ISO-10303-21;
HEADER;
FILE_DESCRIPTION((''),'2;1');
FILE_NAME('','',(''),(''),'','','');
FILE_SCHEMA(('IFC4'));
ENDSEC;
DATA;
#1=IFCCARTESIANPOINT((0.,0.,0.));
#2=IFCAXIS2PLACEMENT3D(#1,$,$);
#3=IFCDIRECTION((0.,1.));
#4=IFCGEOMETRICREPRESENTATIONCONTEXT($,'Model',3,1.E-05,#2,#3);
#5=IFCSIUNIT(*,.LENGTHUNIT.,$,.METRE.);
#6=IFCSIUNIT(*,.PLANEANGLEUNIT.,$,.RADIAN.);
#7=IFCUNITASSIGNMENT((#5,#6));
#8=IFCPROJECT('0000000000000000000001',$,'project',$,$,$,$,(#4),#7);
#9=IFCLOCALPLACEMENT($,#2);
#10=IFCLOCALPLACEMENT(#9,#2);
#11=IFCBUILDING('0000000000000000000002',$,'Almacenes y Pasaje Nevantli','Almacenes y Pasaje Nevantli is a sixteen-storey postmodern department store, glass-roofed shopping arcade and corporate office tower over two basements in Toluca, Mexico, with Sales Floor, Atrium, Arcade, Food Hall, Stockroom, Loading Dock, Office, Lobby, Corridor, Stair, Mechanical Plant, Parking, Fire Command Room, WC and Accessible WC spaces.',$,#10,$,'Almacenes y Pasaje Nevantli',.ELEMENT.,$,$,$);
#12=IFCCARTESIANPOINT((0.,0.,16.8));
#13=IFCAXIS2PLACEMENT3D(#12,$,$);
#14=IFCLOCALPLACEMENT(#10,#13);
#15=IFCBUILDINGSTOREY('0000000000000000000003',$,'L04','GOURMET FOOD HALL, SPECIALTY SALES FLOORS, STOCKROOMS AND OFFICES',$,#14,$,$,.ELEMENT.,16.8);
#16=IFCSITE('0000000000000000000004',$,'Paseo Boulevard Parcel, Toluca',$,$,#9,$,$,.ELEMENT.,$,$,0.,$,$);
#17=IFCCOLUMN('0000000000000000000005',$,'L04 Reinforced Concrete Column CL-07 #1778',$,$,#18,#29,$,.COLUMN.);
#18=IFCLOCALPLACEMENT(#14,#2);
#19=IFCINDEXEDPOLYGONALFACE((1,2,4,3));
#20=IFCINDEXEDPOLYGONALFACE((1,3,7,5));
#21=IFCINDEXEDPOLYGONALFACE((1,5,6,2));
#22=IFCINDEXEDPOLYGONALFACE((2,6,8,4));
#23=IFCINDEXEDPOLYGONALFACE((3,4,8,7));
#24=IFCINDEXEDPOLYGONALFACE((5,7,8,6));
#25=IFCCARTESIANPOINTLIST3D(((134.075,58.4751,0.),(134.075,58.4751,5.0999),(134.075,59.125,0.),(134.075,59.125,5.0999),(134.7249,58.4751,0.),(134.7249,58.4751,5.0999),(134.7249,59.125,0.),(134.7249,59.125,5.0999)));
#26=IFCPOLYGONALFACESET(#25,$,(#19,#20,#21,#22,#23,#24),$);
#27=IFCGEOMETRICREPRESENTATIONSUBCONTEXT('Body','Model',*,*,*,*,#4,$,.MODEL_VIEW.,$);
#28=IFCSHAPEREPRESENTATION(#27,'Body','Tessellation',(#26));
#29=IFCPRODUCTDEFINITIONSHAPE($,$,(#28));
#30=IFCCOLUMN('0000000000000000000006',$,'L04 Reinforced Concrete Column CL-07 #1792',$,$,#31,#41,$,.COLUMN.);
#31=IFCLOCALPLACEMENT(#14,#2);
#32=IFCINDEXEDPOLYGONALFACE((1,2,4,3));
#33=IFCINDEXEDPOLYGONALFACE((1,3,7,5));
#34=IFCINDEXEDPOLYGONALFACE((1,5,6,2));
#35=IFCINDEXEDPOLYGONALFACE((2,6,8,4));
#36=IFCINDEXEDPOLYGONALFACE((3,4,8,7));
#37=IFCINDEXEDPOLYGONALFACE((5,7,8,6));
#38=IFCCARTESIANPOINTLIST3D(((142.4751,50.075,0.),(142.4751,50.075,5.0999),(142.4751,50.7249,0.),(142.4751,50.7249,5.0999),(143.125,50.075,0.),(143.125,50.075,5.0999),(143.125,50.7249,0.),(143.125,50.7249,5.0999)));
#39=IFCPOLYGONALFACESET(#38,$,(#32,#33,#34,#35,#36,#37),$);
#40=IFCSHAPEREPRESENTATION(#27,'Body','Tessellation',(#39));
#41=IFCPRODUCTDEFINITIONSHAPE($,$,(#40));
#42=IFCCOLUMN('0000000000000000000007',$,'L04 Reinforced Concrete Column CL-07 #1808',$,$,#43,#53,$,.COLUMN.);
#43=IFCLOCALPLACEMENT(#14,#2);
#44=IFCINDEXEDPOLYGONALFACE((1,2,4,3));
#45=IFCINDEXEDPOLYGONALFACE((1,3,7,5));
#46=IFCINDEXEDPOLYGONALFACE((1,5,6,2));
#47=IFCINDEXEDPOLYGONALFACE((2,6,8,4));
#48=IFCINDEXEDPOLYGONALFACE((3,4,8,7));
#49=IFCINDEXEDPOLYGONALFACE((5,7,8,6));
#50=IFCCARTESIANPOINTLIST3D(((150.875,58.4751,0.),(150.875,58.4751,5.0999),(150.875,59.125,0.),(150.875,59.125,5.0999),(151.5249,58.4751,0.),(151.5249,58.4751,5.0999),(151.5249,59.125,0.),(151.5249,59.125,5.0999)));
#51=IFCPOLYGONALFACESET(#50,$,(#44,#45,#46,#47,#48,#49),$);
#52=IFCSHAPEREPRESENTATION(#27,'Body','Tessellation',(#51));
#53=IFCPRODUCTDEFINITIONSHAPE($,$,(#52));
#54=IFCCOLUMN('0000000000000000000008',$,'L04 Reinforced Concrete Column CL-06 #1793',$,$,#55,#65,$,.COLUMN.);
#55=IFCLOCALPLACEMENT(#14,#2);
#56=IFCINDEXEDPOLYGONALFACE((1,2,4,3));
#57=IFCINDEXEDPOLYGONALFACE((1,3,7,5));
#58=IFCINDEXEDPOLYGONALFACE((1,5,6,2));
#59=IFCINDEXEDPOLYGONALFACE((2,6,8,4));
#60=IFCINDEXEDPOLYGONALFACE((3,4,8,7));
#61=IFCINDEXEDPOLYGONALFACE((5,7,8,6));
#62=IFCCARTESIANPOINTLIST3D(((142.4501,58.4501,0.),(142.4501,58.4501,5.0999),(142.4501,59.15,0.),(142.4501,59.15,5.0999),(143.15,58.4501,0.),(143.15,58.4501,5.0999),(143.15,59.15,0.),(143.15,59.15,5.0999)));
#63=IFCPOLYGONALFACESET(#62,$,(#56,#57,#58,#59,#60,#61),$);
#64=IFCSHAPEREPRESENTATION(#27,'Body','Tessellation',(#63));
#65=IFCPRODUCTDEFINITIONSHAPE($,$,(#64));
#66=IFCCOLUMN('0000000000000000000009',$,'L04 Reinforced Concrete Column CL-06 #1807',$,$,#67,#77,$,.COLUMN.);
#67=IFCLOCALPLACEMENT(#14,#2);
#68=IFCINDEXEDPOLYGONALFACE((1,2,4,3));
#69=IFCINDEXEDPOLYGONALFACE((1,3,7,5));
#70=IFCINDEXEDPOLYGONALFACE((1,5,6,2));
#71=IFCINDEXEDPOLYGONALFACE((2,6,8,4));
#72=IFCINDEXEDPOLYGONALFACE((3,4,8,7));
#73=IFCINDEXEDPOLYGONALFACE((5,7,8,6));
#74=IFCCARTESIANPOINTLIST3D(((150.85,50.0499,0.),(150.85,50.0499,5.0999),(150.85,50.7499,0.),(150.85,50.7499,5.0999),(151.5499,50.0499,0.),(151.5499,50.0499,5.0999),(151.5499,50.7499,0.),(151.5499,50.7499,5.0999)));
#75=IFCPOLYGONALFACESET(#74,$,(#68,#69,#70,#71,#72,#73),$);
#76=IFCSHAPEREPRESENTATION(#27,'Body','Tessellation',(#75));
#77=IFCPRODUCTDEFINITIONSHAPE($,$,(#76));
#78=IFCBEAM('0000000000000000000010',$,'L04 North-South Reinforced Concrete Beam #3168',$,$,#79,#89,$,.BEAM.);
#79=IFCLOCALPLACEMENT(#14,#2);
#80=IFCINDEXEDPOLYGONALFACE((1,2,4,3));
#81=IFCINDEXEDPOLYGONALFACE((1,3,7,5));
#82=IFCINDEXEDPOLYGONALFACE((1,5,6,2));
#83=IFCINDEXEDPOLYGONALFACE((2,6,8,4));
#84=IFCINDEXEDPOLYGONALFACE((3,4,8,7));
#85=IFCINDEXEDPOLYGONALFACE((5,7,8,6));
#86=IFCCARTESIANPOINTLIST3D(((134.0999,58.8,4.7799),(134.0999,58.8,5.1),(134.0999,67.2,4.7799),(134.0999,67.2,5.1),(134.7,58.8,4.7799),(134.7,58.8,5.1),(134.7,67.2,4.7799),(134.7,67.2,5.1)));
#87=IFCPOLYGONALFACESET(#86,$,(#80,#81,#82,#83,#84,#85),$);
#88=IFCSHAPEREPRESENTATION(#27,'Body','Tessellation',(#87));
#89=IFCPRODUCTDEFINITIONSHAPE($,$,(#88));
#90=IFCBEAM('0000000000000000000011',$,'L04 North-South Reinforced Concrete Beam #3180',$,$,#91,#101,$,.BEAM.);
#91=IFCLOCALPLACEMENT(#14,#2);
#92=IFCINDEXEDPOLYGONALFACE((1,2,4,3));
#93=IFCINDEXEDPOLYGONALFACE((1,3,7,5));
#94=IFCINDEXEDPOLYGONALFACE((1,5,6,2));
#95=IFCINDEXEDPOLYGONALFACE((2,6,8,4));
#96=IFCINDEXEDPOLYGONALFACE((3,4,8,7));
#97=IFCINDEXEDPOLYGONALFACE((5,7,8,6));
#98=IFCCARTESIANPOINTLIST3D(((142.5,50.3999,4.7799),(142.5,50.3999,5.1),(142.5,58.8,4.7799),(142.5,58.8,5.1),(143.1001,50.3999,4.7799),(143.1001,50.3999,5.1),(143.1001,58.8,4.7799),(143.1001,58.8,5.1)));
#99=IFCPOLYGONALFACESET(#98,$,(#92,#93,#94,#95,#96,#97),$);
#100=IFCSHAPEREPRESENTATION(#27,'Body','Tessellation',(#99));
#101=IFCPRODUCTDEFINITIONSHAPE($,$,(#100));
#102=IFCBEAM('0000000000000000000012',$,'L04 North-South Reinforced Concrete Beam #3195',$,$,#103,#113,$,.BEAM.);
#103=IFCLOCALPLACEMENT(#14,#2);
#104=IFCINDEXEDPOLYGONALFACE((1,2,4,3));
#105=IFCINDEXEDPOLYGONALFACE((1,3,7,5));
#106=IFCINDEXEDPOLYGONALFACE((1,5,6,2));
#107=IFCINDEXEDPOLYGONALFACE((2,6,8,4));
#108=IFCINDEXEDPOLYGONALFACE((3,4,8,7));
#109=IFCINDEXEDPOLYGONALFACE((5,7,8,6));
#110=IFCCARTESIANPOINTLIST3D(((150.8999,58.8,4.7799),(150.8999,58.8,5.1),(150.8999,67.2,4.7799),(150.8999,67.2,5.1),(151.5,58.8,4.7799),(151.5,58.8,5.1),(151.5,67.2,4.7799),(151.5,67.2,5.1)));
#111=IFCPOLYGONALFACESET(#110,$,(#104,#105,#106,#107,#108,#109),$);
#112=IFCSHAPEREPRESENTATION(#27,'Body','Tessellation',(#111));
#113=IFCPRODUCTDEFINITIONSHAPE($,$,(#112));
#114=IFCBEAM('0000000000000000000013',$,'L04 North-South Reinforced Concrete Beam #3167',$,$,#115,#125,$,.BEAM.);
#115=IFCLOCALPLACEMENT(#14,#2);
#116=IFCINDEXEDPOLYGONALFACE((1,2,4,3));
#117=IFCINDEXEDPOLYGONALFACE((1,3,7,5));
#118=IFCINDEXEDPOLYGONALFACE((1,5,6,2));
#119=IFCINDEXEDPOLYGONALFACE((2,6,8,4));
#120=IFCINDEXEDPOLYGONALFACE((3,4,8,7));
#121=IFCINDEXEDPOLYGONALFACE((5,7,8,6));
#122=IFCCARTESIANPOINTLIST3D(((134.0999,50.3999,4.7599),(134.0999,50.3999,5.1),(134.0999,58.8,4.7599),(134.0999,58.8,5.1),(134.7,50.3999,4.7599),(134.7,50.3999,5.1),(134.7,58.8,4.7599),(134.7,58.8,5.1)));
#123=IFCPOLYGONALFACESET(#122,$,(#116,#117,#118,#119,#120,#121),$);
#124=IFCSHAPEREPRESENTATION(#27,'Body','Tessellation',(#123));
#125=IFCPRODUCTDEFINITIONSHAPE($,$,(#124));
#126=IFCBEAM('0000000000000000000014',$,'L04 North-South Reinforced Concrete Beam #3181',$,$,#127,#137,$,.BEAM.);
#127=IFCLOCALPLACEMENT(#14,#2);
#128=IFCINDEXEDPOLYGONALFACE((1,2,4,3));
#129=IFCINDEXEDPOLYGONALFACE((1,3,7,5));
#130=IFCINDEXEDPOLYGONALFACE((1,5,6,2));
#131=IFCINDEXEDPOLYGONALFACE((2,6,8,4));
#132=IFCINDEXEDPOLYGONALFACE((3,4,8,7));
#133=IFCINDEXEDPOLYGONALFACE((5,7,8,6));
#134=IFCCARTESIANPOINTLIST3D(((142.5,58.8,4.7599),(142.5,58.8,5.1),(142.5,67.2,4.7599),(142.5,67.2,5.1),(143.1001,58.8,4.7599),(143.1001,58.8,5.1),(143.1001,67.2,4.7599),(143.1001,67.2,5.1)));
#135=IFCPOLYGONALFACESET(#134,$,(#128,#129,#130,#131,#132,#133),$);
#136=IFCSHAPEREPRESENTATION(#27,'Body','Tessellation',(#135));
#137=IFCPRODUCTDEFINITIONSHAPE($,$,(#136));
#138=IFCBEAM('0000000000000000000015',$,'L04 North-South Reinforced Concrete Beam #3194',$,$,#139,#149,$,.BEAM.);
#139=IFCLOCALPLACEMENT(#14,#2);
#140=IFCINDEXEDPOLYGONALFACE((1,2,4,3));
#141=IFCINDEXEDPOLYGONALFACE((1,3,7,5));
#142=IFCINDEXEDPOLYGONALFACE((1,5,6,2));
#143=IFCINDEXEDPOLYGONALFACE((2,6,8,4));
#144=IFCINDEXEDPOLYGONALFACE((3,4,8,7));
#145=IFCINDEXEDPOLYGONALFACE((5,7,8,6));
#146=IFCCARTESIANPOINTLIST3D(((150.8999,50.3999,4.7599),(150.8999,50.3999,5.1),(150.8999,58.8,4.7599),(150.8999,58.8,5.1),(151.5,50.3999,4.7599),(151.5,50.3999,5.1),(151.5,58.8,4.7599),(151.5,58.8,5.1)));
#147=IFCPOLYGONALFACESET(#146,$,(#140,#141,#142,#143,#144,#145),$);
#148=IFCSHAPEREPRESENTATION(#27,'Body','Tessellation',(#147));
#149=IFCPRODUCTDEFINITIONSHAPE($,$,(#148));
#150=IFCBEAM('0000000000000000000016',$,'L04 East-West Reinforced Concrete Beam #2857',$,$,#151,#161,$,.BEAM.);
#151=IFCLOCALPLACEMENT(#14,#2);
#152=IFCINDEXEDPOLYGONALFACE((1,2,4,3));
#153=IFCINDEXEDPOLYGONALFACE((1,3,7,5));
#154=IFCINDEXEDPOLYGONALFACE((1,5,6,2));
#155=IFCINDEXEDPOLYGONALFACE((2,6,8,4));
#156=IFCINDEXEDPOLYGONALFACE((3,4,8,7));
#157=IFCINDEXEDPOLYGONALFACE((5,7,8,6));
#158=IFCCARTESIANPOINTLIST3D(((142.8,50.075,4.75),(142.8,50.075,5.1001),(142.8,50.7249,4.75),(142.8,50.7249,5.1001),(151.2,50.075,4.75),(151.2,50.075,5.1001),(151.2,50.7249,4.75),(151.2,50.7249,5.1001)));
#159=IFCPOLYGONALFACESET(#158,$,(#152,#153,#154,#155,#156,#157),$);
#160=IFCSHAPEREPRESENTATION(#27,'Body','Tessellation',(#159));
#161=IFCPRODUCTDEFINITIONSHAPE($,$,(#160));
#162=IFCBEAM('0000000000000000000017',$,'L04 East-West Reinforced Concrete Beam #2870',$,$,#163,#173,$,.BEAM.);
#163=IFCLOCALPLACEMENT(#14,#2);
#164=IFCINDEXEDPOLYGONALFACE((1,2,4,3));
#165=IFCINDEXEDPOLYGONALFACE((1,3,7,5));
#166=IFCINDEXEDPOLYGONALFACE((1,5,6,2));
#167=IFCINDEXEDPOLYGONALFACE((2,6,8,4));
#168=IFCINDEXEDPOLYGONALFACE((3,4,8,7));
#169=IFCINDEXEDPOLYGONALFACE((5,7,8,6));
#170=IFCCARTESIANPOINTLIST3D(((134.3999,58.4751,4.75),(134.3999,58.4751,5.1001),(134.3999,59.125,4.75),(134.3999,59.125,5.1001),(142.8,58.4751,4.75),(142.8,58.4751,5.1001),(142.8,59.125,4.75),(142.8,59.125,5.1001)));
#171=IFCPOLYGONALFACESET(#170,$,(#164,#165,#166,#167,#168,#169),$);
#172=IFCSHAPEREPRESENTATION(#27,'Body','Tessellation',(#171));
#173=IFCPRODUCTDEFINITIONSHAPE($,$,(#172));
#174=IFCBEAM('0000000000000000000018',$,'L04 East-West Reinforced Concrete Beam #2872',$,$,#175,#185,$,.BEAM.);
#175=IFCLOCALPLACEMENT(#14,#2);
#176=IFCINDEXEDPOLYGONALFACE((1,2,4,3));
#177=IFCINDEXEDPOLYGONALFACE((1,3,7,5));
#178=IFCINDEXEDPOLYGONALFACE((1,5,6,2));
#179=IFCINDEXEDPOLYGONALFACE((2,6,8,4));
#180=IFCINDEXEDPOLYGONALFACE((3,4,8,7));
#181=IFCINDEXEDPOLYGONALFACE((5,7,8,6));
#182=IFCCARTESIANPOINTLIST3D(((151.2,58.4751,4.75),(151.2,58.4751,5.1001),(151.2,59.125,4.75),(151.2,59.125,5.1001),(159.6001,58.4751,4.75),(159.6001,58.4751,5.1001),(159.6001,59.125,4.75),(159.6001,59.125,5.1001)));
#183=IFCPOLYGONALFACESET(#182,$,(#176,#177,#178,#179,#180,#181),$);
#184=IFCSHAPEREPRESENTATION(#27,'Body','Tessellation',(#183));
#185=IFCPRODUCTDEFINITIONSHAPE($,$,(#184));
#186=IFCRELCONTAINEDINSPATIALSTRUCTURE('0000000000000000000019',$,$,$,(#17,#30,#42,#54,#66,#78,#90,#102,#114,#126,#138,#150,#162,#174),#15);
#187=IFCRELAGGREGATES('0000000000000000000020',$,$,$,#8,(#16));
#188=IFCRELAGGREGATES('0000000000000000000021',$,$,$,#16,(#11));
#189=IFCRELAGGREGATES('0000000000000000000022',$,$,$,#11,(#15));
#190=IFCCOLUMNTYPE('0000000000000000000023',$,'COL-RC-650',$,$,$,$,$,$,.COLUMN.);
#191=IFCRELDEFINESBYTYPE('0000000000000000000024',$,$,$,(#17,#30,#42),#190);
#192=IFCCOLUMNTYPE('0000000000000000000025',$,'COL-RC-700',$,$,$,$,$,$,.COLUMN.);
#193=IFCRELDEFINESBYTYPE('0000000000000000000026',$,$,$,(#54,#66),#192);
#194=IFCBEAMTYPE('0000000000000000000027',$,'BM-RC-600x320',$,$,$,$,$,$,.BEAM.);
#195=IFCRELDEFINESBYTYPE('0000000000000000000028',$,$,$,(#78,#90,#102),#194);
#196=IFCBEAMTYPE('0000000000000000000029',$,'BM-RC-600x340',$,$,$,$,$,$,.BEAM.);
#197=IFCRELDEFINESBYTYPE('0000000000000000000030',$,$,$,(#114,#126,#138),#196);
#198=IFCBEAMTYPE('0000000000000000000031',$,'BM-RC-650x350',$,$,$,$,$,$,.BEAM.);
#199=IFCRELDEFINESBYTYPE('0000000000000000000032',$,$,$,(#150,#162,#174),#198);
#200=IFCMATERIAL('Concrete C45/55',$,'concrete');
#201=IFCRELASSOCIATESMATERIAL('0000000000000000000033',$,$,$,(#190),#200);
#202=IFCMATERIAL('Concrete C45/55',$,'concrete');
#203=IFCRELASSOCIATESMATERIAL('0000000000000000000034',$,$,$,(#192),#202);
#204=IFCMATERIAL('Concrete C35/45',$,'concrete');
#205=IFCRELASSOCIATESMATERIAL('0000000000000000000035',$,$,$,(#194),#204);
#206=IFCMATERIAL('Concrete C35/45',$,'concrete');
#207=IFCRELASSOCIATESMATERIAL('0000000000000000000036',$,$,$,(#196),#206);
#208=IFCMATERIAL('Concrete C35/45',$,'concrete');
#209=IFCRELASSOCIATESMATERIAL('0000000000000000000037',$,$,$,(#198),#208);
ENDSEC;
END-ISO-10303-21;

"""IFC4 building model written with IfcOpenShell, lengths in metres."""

from ifc_helpers import new_model, si_unit, direction, frame, origin, origin_2d, place, context, subcontext, project, spatial, rectangle, extrude, material, material_profile, profile_set, type_object, element, save


model = new_model("IFC4")

# Units and contexts
model_context = context("Model", 3, precision=1e-05, world=origin(), true_north=direction((0.0, 1.0)))
body_context = subcontext(model_context, "Body", "Model", "MODEL_VIEW")
ifc_project = project(units=[si_unit("LENGTHUNIT", "METRE"), si_unit("PLANEANGLEUNIT", "RADIAN")], contexts=[model_context])

# Site, building, storey
site_placement = place(None, origin())
site = spatial("IfcSite", under=ifc_project, at=site_placement, Name="Paseo Boulevard Parcel, Toluca", CompositionType="ELEMENT", RefElevation=0.0)
building_placement = place(site_placement, origin())
building = spatial("IfcBuilding", under=site, at=building_placement, Name="Almacenes y Pasaje Nevantli", Description="Almacenes y Pasaje Nevantli is a sixteen-storey postmodern department store, glass-roofed shopping arcade and corporate office tower over two basements in Toluca, Mexico, with Sales Floor, Atrium, Arcade, Food Hall, Stockroom, Loading Dock, Office, Lobby, Corridor, Stair, Mechanical Plant, Parking, Fire Command Room, WC and Accessible WC spaces.", LongName="Almacenes y Pasaje Nevantli", CompositionType="ELEMENT")
storey_placement = place(building_placement, frame((0.0, 0.0, 16.8)))
storey = spatial("IfcBuildingStorey", under=building, at=storey_placement, Name="L04", Description="GOURMET FOOD HALL, SPECIALTY SALES FLOORS, STOCKROOMS AND OFFICES", CompositionType="ELEMENT", Elevation=16.8)

# Columns
ifc_material_1 = material(Name="Concrete C45/55", Category="concrete")
ifc_material_profile_1 = material_profile(ifc_material_1, rectangle(XDim=0.6499, YDim=0.6499, at=origin_2d()), Name="RC-COL-650x650")
ifc_profile_set_1 = profile_set([ifc_material_profile_1], Name="Concrete C45/55")
column_type_1 = type_object("IfcColumnType", Name="COL-RC-650", PredefinedType="COLUMN", material=ifc_profile_set_1)
for number, where, z_axis, x_axis, name in (
    (1, (134.3999, 58.8, 0.0), (0.0, 0.0, 1.0), (1.0, 0.0, 0.0), "L04 Reinforced Concrete Column CL-07 #1778"),
    (2, (142.8, 50.3999, 0.0), (0.0, 0.0, 1.0), (1.0, 0.0, 0.0), "L04 Reinforced Concrete Column CL-07 #1792"),
    (3, (151.2, 58.8, 0.0), (0.0, 0.0, 1.0), (1.0, 0.0, 0.0), "L04 Reinforced Concrete Column CL-07 #1808"),
):
    element("IfcColumn", number, at=place(storey_placement, frame(where, z_axis=z_axis, x_axis=x_axis)), inside=storey, type_object=column_type_1, Name=name, PredefinedType="COLUMN", context=body_context, shape_type="SweptSolid", body=[
        extrude(rectangle(XDim=0.6499, YDim=0.6499, at=origin_2d()), origin(), (0.0, 0.0, 1.0), 5.0999),
    ])
ifc_material_2 = material(Name="Concrete C45/55", Category="concrete")
ifc_material_profile_2 = material_profile(ifc_material_2, rectangle(XDim=0.7, YDim=0.7, at=origin_2d()), Name="RC-COL-700x700")
ifc_profile_set_2 = profile_set([ifc_material_profile_2], Name="Concrete C45/55")
column_type_2 = type_object("IfcColumnType", Name="COL-RC-700", PredefinedType="COLUMN", material=ifc_profile_set_2)
for number, where, z_axis, x_axis, name in (
    (4, (142.8, 58.8, 0.0), (0.0, 0.0, 1.0), (1.0, 0.0, 0.0), "L04 Reinforced Concrete Column CL-06 #1793"),
    (5, (151.2, 50.3999, 0.0), (0.0, 0.0, 1.0), (1.0, 0.0, 0.0), "L04 Reinforced Concrete Column CL-06 #1807"),
):
    element("IfcColumn", number, at=place(storey_placement, frame(where, z_axis=z_axis, x_axis=x_axis)), inside=storey, type_object=column_type_2, Name=name, PredefinedType="COLUMN", context=body_context, shape_type="SweptSolid", body=[
        extrude(rectangle(XDim=0.7, YDim=0.7, at=origin_2d()), origin(), (0.0, 0.0, 1.0), 5.0999),
    ])

# Beams
ifc_material_3 = material(Name="Concrete C35/45", Category="concrete")
ifc_material_profile_3 = material_profile(ifc_material_3, rectangle(XDim=0.6001, YDim=0.3201, at=origin_2d()), Name="RC-BM-600x320")
ifc_profile_set_3 = profile_set([ifc_material_profile_3], Name="Concrete C35/45")
beam_type_1 = type_object("IfcBeamType", Name="BM-RC-600x320", PredefinedType="BEAM", material=ifc_profile_set_3)
beam_1_placement = place(storey_placement, frame((134.3999, 58.8, 4.9399), z_axis=(0.0, 1.0, 0.0), x_axis=(-1.0, 0.0, 0.0)))
element("IfcBeam", 6, at=beam_1_placement, inside=storey, type_object=beam_type_1, Name="L04 North-South Reinforced Concrete Beam #3168", PredefinedType="BEAM", context=body_context, shape_type="SweptSolid", body=[
    extrude(rectangle(XDim=0.6001, YDim=0.3201, at=origin_2d()), origin(), (0.0, 0.0, 1.0), 8.3999),
])
beam_2_placement = place(storey_placement, frame((142.8, 50.3999, 4.9399), z_axis=(0.0, 1.0, 0.0), x_axis=(-1.0, 0.0, 0.0)))
element("IfcBeam", 7, at=beam_2_placement, inside=storey, type_object=beam_type_1, Name="L04 North-South Reinforced Concrete Beam #3180", PredefinedType="BEAM", context=body_context, shape_type="SweptSolid", body=[
    extrude(rectangle(XDim=0.6001, YDim=0.3201, at=origin_2d()), origin(), (0.0, 0.0, 1.0), 8.4001),
])
beam_3_placement = place(storey_placement, frame((151.2, 58.8, 4.9399), z_axis=(0.0, 1.0, 0.0), x_axis=(-1.0, 0.0, 0.0)))
element("IfcBeam", 8, at=beam_3_placement, inside=storey, type_object=beam_type_1, Name="L04 North-South Reinforced Concrete Beam #3195", PredefinedType="BEAM", context=body_context, shape_type="SweptSolid", body=[
    extrude(rectangle(XDim=0.6001, YDim=0.3201, at=origin_2d()), origin(), (0.0, 0.0, 1.0), 8.3999),
])
ifc_material_4 = material(Name="Concrete C35/45", Category="concrete")
ifc_material_profile_4 = material_profile(ifc_material_4, rectangle(XDim=0.6001, YDim=0.3401, at=origin_2d()), Name="RC-BM-600x340")
ifc_profile_set_4 = profile_set([ifc_material_profile_4], Name="Concrete C35/45")
beam_type_2 = type_object("IfcBeamType", Name="BM-RC-600x340", PredefinedType="BEAM", material=ifc_profile_set_4)
beam_4_placement = place(storey_placement, frame((134.3999, 50.3999, 4.9299), z_axis=(0.0, 1.0, 0.0), x_axis=(-1.0, 0.0, 0.0)))
element("IfcBeam", 9, at=beam_4_placement, inside=storey, type_object=beam_type_2, Name="L04 North-South Reinforced Concrete Beam #3167", PredefinedType="BEAM", context=body_context, shape_type="SweptSolid", body=[
    extrude(rectangle(XDim=0.6001, YDim=0.3401, at=origin_2d()), origin(), (0.0, 0.0, 1.0), 8.4001),
])
beam_5_placement = place(storey_placement, frame((142.8, 58.8, 4.9299), z_axis=(0.0, 1.0, 0.0), x_axis=(-1.0, 0.0, 0.0)))
element("IfcBeam", 10, at=beam_5_placement, inside=storey, type_object=beam_type_2, Name="L04 North-South Reinforced Concrete Beam #3181", PredefinedType="BEAM", context=body_context, shape_type="SweptSolid", body=[
    extrude(rectangle(XDim=0.6001, YDim=0.3401, at=origin_2d()), origin(), (0.0, 0.0, 1.0), 8.3999),
])
beam_6_placement = place(storey_placement, frame((151.2, 50.3999, 4.9299), z_axis=(0.0, 1.0, 0.0), x_axis=(-1.0, 0.0, 0.0)))
element("IfcBeam", 11, at=beam_6_placement, inside=storey, type_object=beam_type_2, Name="L04 North-South Reinforced Concrete Beam #3194", PredefinedType="BEAM", context=body_context, shape_type="SweptSolid", body=[
    extrude(rectangle(XDim=0.6001, YDim=0.3401, at=origin_2d()), origin(), (0.0, 0.0, 1.0), 8.4001),
])
ifc_material_5 = material(Name="Concrete C35/45", Category="concrete")
ifc_material_profile_5 = material_profile(ifc_material_5, rectangle(XDim=0.6499, YDim=0.3501, at=origin_2d()), Name="RC-BM-650x350")
ifc_profile_set_5 = profile_set([ifc_material_profile_5], Name="Concrete C35/45")
beam_type_3 = type_object("IfcBeamType", Name="BM-RC-650x350", PredefinedType="BEAM", material=ifc_profile_set_5)
beam_7_placement = place(storey_placement, frame((142.8, 50.3999, 4.925), z_axis=(1.0, 0.0, 0.0), x_axis=(0.0, 1.0, 0.0)))
element("IfcBeam", 12, at=beam_7_placement, inside=storey, type_object=beam_type_3, Name="L04 East-West Reinforced Concrete Beam #2857", PredefinedType="BEAM", context=body_context, shape_type="SweptSolid", body=[
    extrude(rectangle(XDim=0.6499, YDim=0.3501, at=origin_2d()), origin(), (0.0, 0.0, 1.0), 8.3999),
])
for number, where, z_axis, x_axis, name in (
    (13, (134.3999, 58.8, 4.925), (1.0, 0.0, 0.0), (0.0, 1.0, 0.0), "L04 East-West Reinforced Concrete Beam #2870"),
    (14, (151.2, 58.8, 4.925), (1.0, 0.0, 0.0), (0.0, 1.0, 0.0), "L04 East-West Reinforced Concrete Beam #2872"),
):
    element("IfcBeam", number, at=place(storey_placement, frame(where, z_axis=z_axis, x_axis=x_axis)), inside=storey, type_object=beam_type_3, Name=name, PredefinedType="BEAM", context=body_context, shape_type="SweptSolid", body=[
        extrude(rectangle(XDim=0.6499, YDim=0.3501, at=origin_2d()), origin(), (0.0, 0.0, 1.0), 8.4001),
    ])

save(model, "model.ifc")
